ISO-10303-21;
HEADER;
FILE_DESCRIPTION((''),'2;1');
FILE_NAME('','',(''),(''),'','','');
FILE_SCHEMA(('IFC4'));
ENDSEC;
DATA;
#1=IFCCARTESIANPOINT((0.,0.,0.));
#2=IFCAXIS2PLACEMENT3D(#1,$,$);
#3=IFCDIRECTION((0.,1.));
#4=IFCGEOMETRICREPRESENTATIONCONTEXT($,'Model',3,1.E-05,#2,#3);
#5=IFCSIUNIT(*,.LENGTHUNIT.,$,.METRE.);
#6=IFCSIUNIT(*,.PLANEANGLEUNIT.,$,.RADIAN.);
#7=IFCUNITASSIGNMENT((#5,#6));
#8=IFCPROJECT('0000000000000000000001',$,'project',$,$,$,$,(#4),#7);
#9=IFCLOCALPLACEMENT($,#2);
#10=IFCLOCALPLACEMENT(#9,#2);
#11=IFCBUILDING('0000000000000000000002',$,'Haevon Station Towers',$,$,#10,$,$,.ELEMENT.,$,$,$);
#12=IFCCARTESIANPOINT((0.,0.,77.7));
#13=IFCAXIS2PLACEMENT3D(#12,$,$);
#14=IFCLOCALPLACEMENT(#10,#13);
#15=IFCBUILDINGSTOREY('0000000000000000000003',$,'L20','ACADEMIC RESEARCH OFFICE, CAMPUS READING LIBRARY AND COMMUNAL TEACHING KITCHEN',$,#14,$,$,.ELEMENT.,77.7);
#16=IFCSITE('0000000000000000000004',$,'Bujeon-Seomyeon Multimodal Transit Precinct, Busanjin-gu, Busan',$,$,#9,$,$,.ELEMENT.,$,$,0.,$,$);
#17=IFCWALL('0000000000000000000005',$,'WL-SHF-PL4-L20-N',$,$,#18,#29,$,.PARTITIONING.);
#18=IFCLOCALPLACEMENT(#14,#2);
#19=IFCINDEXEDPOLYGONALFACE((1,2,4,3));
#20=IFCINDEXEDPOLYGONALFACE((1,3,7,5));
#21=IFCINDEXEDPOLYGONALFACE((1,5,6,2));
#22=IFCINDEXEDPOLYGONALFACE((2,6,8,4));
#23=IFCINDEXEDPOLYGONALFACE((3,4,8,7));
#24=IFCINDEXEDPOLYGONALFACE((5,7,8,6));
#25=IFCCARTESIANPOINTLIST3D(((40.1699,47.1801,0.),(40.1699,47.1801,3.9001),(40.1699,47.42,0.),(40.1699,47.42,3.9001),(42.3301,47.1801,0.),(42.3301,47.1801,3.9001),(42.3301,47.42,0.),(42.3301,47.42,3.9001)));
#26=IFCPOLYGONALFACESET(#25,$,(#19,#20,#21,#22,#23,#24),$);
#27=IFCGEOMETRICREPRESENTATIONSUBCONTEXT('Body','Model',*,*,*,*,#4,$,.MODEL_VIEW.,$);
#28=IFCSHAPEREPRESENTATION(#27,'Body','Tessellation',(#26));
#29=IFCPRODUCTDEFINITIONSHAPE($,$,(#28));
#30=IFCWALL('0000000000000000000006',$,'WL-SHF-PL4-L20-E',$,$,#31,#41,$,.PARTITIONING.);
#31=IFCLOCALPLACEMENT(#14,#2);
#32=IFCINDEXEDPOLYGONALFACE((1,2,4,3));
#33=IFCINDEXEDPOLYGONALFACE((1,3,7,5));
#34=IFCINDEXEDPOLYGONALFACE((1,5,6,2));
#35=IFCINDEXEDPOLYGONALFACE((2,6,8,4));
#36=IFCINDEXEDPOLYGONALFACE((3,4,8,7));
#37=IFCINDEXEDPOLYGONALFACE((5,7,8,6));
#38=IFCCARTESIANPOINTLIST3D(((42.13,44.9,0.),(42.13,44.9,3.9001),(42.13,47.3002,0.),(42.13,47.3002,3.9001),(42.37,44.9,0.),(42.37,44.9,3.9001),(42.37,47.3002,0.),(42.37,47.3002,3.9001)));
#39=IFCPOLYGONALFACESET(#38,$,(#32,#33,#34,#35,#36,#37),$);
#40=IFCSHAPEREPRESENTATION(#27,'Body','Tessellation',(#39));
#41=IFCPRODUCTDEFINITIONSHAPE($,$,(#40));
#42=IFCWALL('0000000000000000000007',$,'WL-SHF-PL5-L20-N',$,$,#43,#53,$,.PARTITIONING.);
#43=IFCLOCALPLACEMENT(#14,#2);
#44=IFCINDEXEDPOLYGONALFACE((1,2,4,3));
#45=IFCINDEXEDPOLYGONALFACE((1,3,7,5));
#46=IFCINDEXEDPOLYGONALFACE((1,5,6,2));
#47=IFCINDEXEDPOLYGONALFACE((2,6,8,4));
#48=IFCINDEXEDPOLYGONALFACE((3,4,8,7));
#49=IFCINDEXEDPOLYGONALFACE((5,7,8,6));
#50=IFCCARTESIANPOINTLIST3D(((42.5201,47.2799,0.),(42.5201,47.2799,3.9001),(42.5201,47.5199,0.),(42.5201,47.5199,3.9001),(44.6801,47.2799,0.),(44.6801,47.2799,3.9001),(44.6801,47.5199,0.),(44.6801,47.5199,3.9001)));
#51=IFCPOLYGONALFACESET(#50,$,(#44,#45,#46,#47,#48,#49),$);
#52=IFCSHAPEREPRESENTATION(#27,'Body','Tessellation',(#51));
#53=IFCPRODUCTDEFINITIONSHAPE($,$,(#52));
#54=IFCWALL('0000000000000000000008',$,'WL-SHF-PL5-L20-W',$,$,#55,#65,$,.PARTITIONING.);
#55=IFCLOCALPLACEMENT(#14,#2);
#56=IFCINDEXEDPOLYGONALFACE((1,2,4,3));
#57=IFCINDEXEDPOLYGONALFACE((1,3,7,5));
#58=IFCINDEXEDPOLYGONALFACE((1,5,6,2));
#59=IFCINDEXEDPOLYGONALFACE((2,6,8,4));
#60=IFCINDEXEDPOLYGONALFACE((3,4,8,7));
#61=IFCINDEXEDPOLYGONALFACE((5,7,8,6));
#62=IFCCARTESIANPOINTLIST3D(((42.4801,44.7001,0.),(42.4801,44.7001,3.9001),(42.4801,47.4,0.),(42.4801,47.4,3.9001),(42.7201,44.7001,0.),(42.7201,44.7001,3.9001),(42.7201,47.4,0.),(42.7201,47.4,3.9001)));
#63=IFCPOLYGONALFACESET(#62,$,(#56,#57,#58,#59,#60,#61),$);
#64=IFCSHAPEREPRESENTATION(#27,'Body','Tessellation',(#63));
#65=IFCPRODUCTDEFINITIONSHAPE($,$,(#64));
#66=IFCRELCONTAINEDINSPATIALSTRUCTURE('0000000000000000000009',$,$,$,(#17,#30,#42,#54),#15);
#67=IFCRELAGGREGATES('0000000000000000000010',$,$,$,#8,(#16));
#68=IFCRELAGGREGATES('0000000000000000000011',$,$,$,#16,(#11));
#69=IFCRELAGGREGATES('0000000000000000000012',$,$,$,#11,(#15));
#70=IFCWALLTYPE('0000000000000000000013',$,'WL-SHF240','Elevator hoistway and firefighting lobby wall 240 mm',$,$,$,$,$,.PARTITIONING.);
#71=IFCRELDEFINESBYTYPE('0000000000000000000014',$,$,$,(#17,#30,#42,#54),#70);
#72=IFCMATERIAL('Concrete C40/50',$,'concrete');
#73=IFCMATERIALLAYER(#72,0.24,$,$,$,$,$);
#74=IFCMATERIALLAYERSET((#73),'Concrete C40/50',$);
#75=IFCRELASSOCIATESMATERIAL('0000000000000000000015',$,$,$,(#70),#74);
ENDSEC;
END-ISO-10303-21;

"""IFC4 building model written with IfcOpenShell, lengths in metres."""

from ifc_helpers import new_model, si_unit, direction, frame, frame_2d, origin, place, context, subcontext, project, spatial, rectangle, extrude, material, layer, layer_set, type_object, element, save


model = new_model("IFC4")

# Units and contexts
model_context = context("Model", 3, precision=1e-05, world=origin(), true_north=direction((0.0, 1.0)))
body_context = subcontext(model_context, "Body", "Model", "MODEL_VIEW")
ifc_project = project(units=[si_unit("LENGTHUNIT", "METRE"), si_unit("PLANEANGLEUNIT", "RADIAN")], contexts=[model_context])

# Site, building, storey
site_placement = place(None, origin())
site = spatial("IfcSite", under=ifc_project, at=site_placement, Name="Bujeon-Seomyeon Multimodal Transit Precinct, Busanjin-gu, Busan", CompositionType="ELEMENT", RefElevation=0.0)
building_placement = place(site_placement, origin())
building = spatial("IfcBuilding", under=site, at=building_placement, Name="Haevon Station Towers", CompositionType="ELEMENT")
storey_placement = place(building_placement, frame((0.0, 0.0, 77.7)))
storey = spatial("IfcBuildingStorey", under=building, at=storey_placement, Name="L20", Description="ACADEMIC RESEARCH OFFICE, CAMPUS READING LIBRARY AND COMMUNAL TEACHING KITCHEN", CompositionType="ELEMENT", Elevation=77.7)

# Shared definitions
ifc_material_1 = material(Name="Concrete C40/50", Category="concrete")
ifc_layer_1 = layer(ifc_material_1, 0.24)
ifc_layer_set_1 = layer_set([ifc_layer_1], Name="Concrete C40/50")
wall_type_1 = type_object("IfcWallType", Name="WL-SHF240", Description="Elevator hoistway and firefighting lobby wall 240 mm", PredefinedType="PARTITIONING", material=ifc_layer_set_1)

# Walls
wall_1_placement = place(storey_placement, frame((40.1699, 47.3, 0.0), z_axis=(0.0, 0.0, 1.0), x_axis=(1.0, 0.0, 0.0)))
element("IfcWall", 1, at=wall_1_placement, inside=storey, type_object=wall_type_1, Name="WL-SHF-PL4-L20-N", PredefinedType="PARTITIONING", context=body_context, shape_type="SweptSolid", body=[
    extrude(rectangle(XDim=2.1602, YDim=0.24, at=frame_2d((1.0801, 0.0))), origin(), (0.0, 0.0, 1.0), 3.9001),
])
wall_2_placement = place(storey_placement, frame((42.25, 44.8999, 0.0), z_axis=(0.0, 0.0, 1.0), x_axis=(0.0, 1.0, 0.0)))
element("IfcWall", 2, at=wall_2_placement, inside=storey, type_object=wall_type_1, Name="WL-SHF-PL4-L20-E", PredefinedType="PARTITIONING", context=body_context, shape_type="SweptSolid", body=[
    extrude(rectangle(XDim=2.4001, YDim=0.24, at=frame_2d((1.2002, 0.0))), origin(), (0.0, 0.0, 1.0), 3.9001),
])

# Walls
wall_3_placement = place(storey_placement, frame((42.52, 47.3999, 0.0), z_axis=(0.0, 0.0, 1.0), x_axis=(1.0, 0.0, 0.0)))
element("IfcWall", 3, at=wall_3_placement, inside=storey, type_object=wall_type_1, Name="WL-SHF-PL5-L20-N", PredefinedType="PARTITIONING", context=body_context, shape_type="SweptSolid", body=[
    extrude(rectangle(XDim=2.1599, YDim=0.24, at=frame_2d((1.0801, 0.0))), origin(), (0.0, 0.0, 1.0), 3.9001),
])
wall_4_placement = place(storey_placement, frame((42.6001, 44.7, 0.0), z_axis=(0.0, 0.0, 1.0), x_axis=(0.0, 1.0, 0.0)))
element("IfcWall", 4, at=wall_4_placement, inside=storey, type_object=wall_type_1, Name="WL-SHF-PL5-L20-W", PredefinedType="PARTITIONING", context=body_context, shape_type="SweptSolid", body=[
    extrude(rectangle(XDim=2.7, YDim=0.24, at=frame_2d((1.3501, 0.0))), origin(), (0.0, 0.0, 1.0), 3.9001),
])

save(model, "model.ifc")
